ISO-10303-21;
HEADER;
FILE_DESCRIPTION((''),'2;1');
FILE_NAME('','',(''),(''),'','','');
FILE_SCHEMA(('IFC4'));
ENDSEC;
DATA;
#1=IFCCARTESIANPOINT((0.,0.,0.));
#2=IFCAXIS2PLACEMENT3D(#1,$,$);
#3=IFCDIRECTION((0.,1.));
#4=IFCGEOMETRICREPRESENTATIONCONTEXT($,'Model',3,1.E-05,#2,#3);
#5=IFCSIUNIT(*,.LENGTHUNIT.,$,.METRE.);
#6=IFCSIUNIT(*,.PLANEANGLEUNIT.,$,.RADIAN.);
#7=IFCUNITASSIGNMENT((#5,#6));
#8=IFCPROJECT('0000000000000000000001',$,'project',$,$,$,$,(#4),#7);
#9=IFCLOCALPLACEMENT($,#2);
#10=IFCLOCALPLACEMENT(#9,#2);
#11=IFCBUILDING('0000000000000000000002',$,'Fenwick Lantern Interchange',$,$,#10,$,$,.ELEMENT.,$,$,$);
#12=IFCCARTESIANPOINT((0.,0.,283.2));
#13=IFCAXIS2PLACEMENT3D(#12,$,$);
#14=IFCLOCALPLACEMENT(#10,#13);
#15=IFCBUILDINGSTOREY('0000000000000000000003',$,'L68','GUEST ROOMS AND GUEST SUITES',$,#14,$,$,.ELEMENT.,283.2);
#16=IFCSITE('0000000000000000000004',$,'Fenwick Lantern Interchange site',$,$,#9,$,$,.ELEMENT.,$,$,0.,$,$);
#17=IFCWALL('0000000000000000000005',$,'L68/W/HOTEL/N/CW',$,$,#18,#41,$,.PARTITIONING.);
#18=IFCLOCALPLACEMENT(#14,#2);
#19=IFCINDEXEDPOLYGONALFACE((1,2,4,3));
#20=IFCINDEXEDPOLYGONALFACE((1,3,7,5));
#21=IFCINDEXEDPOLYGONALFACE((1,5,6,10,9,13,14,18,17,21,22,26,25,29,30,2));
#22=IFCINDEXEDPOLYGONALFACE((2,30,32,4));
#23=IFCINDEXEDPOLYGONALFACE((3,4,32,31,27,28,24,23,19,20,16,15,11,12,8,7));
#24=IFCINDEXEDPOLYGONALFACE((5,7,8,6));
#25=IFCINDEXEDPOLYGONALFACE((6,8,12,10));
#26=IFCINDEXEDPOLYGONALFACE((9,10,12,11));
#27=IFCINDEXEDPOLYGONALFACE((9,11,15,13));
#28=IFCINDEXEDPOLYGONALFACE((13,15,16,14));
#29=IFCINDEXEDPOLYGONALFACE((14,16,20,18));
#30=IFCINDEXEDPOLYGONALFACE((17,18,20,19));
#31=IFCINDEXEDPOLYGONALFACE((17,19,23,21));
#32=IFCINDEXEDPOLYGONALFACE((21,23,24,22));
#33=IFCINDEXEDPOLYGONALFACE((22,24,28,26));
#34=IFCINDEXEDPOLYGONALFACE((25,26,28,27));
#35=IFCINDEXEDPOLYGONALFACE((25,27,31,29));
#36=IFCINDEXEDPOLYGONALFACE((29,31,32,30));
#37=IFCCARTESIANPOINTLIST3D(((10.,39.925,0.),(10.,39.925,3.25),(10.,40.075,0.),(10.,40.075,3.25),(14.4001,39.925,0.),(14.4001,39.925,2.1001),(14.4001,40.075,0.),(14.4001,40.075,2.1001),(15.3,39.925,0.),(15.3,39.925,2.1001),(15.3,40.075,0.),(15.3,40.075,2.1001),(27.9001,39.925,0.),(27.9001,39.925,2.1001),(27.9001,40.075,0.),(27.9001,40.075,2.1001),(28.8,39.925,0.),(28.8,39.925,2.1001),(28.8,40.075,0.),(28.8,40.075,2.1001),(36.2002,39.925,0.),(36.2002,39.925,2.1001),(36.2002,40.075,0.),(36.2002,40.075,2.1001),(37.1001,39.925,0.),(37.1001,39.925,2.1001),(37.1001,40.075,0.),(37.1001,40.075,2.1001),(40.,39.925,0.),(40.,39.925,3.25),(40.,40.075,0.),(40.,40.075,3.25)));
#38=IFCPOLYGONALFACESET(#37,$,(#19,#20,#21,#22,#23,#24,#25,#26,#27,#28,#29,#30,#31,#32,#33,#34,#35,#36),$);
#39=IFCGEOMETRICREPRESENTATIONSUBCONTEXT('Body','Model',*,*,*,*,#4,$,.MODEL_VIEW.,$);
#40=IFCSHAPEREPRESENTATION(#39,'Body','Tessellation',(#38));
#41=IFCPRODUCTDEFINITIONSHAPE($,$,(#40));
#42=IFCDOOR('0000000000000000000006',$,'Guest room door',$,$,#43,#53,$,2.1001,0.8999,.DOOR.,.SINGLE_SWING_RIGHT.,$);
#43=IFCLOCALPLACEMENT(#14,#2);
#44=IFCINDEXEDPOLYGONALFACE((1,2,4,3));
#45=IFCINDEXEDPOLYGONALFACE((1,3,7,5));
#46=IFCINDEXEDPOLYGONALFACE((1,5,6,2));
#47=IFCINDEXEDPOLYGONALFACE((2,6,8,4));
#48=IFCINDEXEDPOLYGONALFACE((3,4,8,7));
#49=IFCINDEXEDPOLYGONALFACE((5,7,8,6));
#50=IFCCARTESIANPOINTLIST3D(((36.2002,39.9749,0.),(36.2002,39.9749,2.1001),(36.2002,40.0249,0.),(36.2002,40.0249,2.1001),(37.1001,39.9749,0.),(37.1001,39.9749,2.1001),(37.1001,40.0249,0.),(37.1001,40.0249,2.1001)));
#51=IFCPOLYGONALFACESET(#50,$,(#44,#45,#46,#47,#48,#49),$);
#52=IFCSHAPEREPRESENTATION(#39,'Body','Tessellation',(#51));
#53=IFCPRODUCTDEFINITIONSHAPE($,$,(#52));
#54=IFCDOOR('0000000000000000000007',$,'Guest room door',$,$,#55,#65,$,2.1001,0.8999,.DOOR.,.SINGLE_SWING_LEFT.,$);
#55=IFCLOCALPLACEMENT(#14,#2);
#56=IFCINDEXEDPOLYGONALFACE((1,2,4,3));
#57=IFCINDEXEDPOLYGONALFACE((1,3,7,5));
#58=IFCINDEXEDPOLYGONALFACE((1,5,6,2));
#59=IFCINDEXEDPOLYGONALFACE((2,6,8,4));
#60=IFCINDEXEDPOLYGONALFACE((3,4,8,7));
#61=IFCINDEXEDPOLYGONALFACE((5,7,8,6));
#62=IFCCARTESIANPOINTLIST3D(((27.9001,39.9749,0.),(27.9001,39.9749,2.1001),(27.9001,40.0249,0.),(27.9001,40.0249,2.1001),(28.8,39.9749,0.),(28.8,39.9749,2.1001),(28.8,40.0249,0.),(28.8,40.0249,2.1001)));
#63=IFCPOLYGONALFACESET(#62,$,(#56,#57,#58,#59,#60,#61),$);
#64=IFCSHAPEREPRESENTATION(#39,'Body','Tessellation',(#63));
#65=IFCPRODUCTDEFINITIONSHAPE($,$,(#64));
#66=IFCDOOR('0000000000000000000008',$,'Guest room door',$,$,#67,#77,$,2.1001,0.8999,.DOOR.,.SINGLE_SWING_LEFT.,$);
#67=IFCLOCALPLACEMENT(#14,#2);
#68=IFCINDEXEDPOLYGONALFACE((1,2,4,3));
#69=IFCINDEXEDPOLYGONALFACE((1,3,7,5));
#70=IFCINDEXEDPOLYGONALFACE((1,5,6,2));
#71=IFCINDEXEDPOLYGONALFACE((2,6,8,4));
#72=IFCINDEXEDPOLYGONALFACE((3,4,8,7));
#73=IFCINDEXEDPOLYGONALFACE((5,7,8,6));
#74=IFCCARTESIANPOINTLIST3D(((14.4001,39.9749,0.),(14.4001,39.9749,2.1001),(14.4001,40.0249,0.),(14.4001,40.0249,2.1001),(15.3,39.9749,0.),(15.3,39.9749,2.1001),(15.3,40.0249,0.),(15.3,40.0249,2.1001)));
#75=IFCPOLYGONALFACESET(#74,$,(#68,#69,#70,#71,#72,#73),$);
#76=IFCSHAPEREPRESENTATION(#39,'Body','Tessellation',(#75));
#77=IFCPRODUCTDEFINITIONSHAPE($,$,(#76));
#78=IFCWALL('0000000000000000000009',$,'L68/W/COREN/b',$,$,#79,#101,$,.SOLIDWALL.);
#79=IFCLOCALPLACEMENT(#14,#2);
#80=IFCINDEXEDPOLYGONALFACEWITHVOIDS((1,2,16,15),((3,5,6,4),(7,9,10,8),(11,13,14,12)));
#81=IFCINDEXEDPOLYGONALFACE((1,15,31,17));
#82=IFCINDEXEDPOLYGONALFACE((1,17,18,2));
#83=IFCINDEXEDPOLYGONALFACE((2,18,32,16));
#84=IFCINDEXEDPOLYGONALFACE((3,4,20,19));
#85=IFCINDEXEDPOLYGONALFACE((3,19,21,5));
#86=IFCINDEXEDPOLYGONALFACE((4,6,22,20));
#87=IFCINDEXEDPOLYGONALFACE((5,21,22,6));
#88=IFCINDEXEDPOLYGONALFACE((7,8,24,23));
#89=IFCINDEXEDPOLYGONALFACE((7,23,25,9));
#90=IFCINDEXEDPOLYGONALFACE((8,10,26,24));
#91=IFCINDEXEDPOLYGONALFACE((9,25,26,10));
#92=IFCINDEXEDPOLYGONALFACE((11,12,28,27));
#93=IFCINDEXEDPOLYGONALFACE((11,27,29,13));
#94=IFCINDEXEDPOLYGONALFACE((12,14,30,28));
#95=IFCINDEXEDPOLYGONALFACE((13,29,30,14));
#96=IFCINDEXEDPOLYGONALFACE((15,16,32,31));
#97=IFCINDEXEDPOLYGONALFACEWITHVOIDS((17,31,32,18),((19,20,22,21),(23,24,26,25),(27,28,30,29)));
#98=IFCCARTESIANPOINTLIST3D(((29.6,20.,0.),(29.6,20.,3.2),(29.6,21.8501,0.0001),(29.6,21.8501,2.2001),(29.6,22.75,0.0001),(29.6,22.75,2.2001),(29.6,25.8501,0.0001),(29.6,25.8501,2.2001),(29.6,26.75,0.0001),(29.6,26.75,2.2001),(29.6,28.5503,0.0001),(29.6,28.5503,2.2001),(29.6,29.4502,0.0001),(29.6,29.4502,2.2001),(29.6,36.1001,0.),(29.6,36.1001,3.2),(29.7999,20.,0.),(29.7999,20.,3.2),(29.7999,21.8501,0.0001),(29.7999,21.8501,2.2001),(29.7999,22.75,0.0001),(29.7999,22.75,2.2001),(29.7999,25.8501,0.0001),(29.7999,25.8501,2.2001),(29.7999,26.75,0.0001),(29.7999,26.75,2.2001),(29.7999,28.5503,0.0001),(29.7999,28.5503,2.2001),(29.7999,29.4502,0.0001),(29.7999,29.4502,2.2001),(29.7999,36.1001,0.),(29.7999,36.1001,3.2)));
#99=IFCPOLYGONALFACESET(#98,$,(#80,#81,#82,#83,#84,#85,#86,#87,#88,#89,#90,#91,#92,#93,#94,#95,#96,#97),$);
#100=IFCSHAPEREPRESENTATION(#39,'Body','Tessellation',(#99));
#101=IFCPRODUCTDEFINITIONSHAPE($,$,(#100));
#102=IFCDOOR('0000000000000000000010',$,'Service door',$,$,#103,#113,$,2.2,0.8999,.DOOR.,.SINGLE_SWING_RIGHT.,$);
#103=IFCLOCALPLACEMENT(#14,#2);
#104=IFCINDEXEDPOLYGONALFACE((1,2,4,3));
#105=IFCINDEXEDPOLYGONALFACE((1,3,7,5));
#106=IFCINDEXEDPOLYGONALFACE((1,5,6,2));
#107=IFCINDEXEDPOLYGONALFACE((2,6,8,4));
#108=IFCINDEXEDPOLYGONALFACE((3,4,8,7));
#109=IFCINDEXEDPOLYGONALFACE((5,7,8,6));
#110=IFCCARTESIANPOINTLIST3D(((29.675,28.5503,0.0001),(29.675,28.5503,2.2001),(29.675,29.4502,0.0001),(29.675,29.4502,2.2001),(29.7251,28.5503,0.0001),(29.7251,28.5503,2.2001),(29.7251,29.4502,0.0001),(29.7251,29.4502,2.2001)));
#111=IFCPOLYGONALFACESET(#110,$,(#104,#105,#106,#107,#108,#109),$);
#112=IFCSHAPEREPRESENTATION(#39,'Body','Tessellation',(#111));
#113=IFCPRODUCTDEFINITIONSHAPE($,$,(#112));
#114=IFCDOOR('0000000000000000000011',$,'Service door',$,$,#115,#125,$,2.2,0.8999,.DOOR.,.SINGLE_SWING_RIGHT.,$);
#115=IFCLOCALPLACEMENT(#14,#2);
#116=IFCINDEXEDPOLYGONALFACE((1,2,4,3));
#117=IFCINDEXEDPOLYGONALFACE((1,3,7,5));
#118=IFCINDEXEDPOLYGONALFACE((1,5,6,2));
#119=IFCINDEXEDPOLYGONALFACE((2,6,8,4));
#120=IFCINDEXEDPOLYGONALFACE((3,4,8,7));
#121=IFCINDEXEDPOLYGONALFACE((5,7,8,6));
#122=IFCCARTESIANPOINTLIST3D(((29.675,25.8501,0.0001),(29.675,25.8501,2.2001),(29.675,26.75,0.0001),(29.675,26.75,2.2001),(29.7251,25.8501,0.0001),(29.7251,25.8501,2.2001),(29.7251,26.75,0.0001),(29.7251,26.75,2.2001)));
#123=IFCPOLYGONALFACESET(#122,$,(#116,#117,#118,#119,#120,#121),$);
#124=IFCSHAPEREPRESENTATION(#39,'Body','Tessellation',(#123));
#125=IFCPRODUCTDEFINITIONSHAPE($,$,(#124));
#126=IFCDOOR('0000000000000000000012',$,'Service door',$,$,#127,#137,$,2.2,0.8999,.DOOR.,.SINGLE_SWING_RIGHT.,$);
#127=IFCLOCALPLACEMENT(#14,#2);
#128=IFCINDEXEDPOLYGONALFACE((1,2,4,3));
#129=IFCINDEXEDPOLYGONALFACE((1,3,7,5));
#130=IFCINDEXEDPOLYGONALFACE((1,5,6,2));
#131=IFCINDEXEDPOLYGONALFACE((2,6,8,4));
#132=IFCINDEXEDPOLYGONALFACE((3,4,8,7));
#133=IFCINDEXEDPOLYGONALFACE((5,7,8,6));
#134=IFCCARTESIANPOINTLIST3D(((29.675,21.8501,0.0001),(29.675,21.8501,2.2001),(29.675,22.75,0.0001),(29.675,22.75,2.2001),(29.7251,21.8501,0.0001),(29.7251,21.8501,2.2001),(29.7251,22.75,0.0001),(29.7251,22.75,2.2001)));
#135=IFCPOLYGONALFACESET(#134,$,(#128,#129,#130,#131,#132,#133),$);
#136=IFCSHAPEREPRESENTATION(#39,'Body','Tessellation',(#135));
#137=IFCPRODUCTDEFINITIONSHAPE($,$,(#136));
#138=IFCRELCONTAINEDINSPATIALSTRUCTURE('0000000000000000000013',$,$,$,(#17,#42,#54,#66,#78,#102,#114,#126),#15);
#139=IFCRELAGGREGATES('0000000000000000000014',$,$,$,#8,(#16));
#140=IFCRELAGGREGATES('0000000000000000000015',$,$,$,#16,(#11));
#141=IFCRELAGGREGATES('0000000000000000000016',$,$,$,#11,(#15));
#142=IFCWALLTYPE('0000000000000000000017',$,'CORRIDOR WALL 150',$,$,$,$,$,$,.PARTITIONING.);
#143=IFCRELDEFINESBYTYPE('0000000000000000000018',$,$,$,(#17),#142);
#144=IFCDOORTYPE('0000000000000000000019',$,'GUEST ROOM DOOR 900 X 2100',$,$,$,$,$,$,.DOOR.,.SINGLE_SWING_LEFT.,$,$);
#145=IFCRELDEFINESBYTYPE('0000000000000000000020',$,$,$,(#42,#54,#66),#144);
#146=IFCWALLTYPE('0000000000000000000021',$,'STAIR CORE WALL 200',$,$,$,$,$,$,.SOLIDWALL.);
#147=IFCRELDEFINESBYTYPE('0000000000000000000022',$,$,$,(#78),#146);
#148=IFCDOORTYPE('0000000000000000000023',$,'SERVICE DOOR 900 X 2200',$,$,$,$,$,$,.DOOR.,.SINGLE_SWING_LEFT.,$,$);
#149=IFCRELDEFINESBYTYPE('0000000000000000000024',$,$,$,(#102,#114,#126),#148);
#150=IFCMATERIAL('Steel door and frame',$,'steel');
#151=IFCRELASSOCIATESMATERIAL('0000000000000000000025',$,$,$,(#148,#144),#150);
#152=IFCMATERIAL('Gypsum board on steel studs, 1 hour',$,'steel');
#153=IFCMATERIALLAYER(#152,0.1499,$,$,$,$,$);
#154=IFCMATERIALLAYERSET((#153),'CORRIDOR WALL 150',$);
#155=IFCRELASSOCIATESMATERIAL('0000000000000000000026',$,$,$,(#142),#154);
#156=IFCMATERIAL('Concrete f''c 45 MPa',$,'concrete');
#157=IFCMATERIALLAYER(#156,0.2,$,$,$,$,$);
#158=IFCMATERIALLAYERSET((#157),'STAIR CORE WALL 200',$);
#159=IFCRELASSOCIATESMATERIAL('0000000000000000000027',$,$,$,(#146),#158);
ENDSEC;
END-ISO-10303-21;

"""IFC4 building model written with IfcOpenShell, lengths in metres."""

from ifc_helpers import new_model, si_unit, direction, frame, frame_2d, origin, place, context, subcontext, project, spatial, rectangle, extrude, material, layer, layer_set, type_object, element, fill, save


model = new_model("IFC4")

# Units and contexts
model_context = context("Model", 3, precision=1e-05, world=origin(), true_north=direction((0.0, 1.0)))
body_context = subcontext(model_context, "Body", "Model", "MODEL_VIEW")
ifc_project = project(units=[si_unit("LENGTHUNIT", "METRE"), si_unit("PLANEANGLEUNIT", "RADIAN")], contexts=[model_context])

# Site, building, storey
site_placement = place(None, origin())
site = spatial("IfcSite", under=ifc_project, at=site_placement, Name="Fenwick Lantern Interchange site", CompositionType="ELEMENT", RefElevation=0.0)
building_placement = place(site_placement, origin())
building = spatial("IfcBuilding", under=site, at=building_placement, Name="Fenwick Lantern Interchange", CompositionType="ELEMENT")
storey_placement = place(building_placement, frame((0.0, 0.0, 283.2)))
storey = spatial("IfcBuildingStorey", under=building, at=storey_placement, Name="L68", Description="GUEST ROOMS AND GUEST SUITES", CompositionType="ELEMENT", Elevation=283.2)

# Shared definitions
ifc_material_1 = material(Name="Steel door and frame", Category="steel")

# Walls, openings, doors
door_type_1 = type_object("IfcDoorType", Name="SERVICE DOOR 900 X 2200", OperationType="SINGLE_SWING_LEFT", PredefinedType="DOOR", material=ifc_material_1)
ifc_material_2 = material(Name="Gypsum board on steel studs, 1 hour", Category="steel")
ifc_layer_1 = layer(ifc_material_2, 0.1499)
ifc_layer_set_1 = layer_set([ifc_layer_1], Name="CORRIDOR WALL 150")
wall_type_1 = type_object("IfcWallType", Name="CORRIDOR WALL 150", PredefinedType="PARTITIONING", material=ifc_layer_set_1)
wall_1_placement = place(storey_placement, frame((40.0, 40.0, 0.0), z_axis=(0.0, 0.0, 1.0), x_axis=(-1.0, 0.0, 0.0)))
wall_1 = element("IfcWall", 1, at=wall_1_placement, inside=storey, type_object=wall_type_1, Name="L68/W/HOTEL/N/CW", PredefinedType="PARTITIONING", context=body_context, shape_type="SweptSolid", body=[
    extrude(rectangle(XDim=30.0, YDim=0.1499, at=frame_2d((15.0, 0.0))), origin(), (0.0, 0.0, 1.0), 3.25),
])
opening_1_placement = place(wall_1_placement, frame((2.8999, 0.0, 0.0)))
opening_1 = element("IfcOpeningElement", 2, at=opening_1_placement, cuts=wall_1, PredefinedType="OPENING", context=body_context, shape_type="SweptSolid", body=[
    extrude(rectangle(XDim=0.8999, YDim=2.1001, at=frame_2d((0.45, 1.05))), frame((0.0, 0.085, 0.0), z_axis=(0.0, -1.0, 0.0), x_axis=(1.0, 0.0, 0.0)), (0.0, 0.0, 1.0), 0.1699),
])
opening_2_placement = place(wall_1_placement, frame((11.2, 0.0, 0.0)))
opening_2 = element("IfcOpeningElement", 3, at=opening_2_placement, cuts=wall_1, PredefinedType="OPENING", context=body_context, shape_type="SweptSolid", body=[
    extrude(rectangle(XDim=0.8999, YDim=2.1001, at=frame_2d((0.45, 1.05))), frame((0.0, 0.085, 0.0), z_axis=(0.0, -1.0, 0.0), x_axis=(1.0, 0.0, 0.0)), (0.0, 0.0, 1.0), 0.1699),
])
opening_3_placement = place(wall_1_placement, frame((24.7, 0.0, 0.0)))
opening_3 = element("IfcOpeningElement", 4, at=opening_3_placement, cuts=wall_1, PredefinedType="OPENING", context=body_context, shape_type="SweptSolid", body=[
    extrude(rectangle(XDim=0.8999, YDim=2.1001, at=frame_2d((0.45, 1.05))), frame((0.0, 0.085, 0.0), z_axis=(0.0, -1.0, 0.0), x_axis=(1.0, 0.0, 0.0)), (0.0, 0.0, 1.0), 0.1699),
])
door_type_2 = type_object("IfcDoorType", Name="GUEST ROOM DOOR 900 X 2100", OperationType="SINGLE_SWING_LEFT", PredefinedType="DOOR", material=ifc_material_1)
door_1_placement = place(opening_1_placement, frame((0.8999, 0.0, 0.0), z_axis=(0.0, 0.0, 1.0), x_axis=(-1.0, 0.0, 0.0)))
door_1 = element("IfcDoor", 5, at=door_1_placement, inside=storey, type_object=door_type_2, Name="Guest room door", OperationType="SINGLE_SWING_RIGHT", OverallHeight=2.1001, OverallWidth=0.8999, PredefinedType="DOOR", context=body_context, shape_type="SweptSolid", body=[
    extrude(rectangle(XDim=0.8999, YDim=2.1001, at=frame_2d((0.45, 1.05))), frame((0.0, 0.0249, 0.0), z_axis=(0.0, -1.0, 0.0), x_axis=(1.0, 0.0, 0.0)), (0.0, 0.0, 1.0), 0.05),
])
fill(opening_1, door_1)
door_2_placement = place(opening_2_placement, frame((0.8999, 0.0, 0.0), z_axis=(0.0, 0.0, 1.0), x_axis=(-1.0, 0.0, 0.0)))
door_2 = element("IfcDoor", 6, at=door_2_placement, inside=storey, type_object=door_type_2, Name="Guest room door", OperationType="SINGLE_SWING_LEFT", OverallHeight=2.1001, OverallWidth=0.8999, PredefinedType="DOOR", context=body_context, shape_type="SweptSolid", body=[
    extrude(rectangle(XDim=0.8999, YDim=2.1001, at=frame_2d((0.45, 1.05))), frame((0.0, 0.0249, 0.0), z_axis=(0.0, -1.0, 0.0), x_axis=(1.0, 0.0, 0.0)), (0.0, 0.0, 1.0), 0.05),
])
fill(opening_2, door_2)
door_3_placement = place(opening_3_placement, frame((0.8999, 0.0, 0.0), z_axis=(0.0, 0.0, 1.0), x_axis=(-1.0, 0.0, 0.0)))
door_3 = element("IfcDoor", 7, at=door_3_placement, inside=storey, type_object=door_type_2, Name="Guest room door", OperationType="SINGLE_SWING_LEFT", OverallHeight=2.1001, OverallWidth=0.8999, PredefinedType="DOOR", context=body_context, shape_type="SweptSolid", body=[
    extrude(rectangle(XDim=0.8999, YDim=2.1001, at=frame_2d((0.45, 1.05))), frame((0.0, 0.0249, 0.0), z_axis=(0.0, -1.0, 0.0), x_axis=(1.0, 0.0, 0.0)), (0.0, 0.0, 1.0), 0.05),
])
fill(opening_3, door_3)
ifc_material_3 = material(Name="Concrete f'c 45 MPa", Category="concrete")
ifc_layer_2 = layer(ifc_material_3, 0.2)
ifc_layer_set_2 = layer_set([ifc_layer_2], Name="STAIR CORE WALL 200")
wall_type_2 = type_object("IfcWallType", Name="STAIR CORE WALL 200", PredefinedType="SOLIDWALL", material=ifc_layer_set_2)
wall_2_placement = place(storey_placement, frame((29.7, 36.1001, 0.0), z_axis=(0.0, 0.0, 1.0), x_axis=(0.0, -1.0, 0.0)))
wall_2 = element("IfcWall", 8, at=wall_2_placement, inside=storey, type_object=wall_type_2, Name="L68/W/COREN/b", PredefinedType="SOLIDWALL", context=body_context, shape_type="SweptSolid", body=[
    extrude(rectangle(XDim=16.1001, YDim=0.2, at=frame_2d((8.05, 0.0))), origin(), (0.0, 0.0, 1.0), 3.2),
])
opening_4_placement = place(wall_2_placement, frame((6.6499, 0.0, 0.0)))
opening_4 = element("IfcOpeningElement", 9, at=opening_4_placement, cuts=wall_2, PredefinedType="OPENING", context=body_context, shape_type="SweptSolid", body=[
    extrude(rectangle(XDim=0.8999, YDim=2.2, at=frame_2d((0.45, 1.1001))), frame((0.0, 0.1099, 0.0), z_axis=(0.0, -1.0, 0.0), x_axis=(1.0, 0.0, 0.0)), (0.0, 0.0, 1.0), 0.22),
])
opening_5_placement = place(wall_2_placement, frame((9.3501, 0.0, 0.0)))
opening_5 = element("IfcOpeningElement", 10, at=opening_5_placement, cuts=wall_2, PredefinedType="OPENING", context=body_context, shape_type="SweptSolid", body=[
    extrude(rectangle(XDim=0.8999, YDim=2.2, at=frame_2d((0.45, 1.1001))), frame((0.0, 0.1099, 0.0), z_axis=(0.0, -1.0, 0.0), x_axis=(1.0, 0.0, 0.0)), (0.0, 0.0, 1.0), 0.22),
])
opening_6_placement = place(wall_2_placement, frame((13.3501, 0.0, 0.0)))
opening_6 = element("IfcOpeningElement", 11, at=opening_6_placement, cuts=wall_2, PredefinedType="OPENING", context=body_context, shape_type="SweptSolid", body=[
    extrude(rectangle(XDim=0.8999, YDim=2.2, at=frame_2d((0.45, 1.1001))), frame((0.0, 0.1099, 0.0), z_axis=(0.0, -1.0, 0.0), x_axis=(1.0, 0.0, 0.0)), (0.0, 0.0, 1.0), 0.22),
])
door_4_placement = place(opening_4_placement, frame((0.8999, 0.0, 0.0), z_axis=(0.0, 0.0, 1.0), x_axis=(-1.0, 0.0, 0.0)))
door_4 = element("IfcDoor", 12, at=door_4_placement, inside=storey, type_object=door_type_1, Name="Service door", OperationType="SINGLE_SWING_RIGHT", OverallHeight=2.2, OverallWidth=0.8999, PredefinedType="DOOR", context=body_context, shape_type="SweptSolid", body=[
    extrude(rectangle(XDim=0.8999, YDim=2.2, at=frame_2d((0.45, 1.1001))), frame((0.0, 0.0249, 0.0), z_axis=(0.0, -1.0, 0.0), x_axis=(1.0, 0.0, 0.0)), (0.0, 0.0, 1.0), 0.05),
])
fill(opening_4, door_4)
door_5_placement = place(opening_5_placement, frame((0.8999, 0.0, 0.0), z_axis=(0.0, 0.0, 1.0), x_axis=(-1.0, 0.0, 0.0)))
door_5 = element("IfcDoor", 13, at=door_5_placement, inside=storey, type_object=door_type_1, Name="Service door", OperationType="SINGLE_SWING_RIGHT", OverallHeight=2.2, OverallWidth=0.8999, PredefinedType="DOOR", context=body_context, shape_type="SweptSolid", body=[
    extrude(rectangle(XDim=0.8999, YDim=2.2, at=frame_2d((0.45, 1.1001))), frame((0.0, 0.0249, 0.0), z_axis=(0.0, -1.0, 0.0), x_axis=(1.0, 0.0, 0.0)), (0.0, 0.0, 1.0), 0.05),
])
fill(opening_5, door_5)
door_6_placement = place(opening_6_placement, frame((0.8999, 0.0, 0.0), z_axis=(0.0, 0.0, 1.0), x_axis=(-1.0, 0.0, 0.0)))
door_6 = element("IfcDoor", 14, at=door_6_placement, inside=storey, type_object=door_type_1, Name="Service door", OperationType="SINGLE_SWING_RIGHT", OverallHeight=2.2, OverallWidth=0.8999, PredefinedType="DOOR", context=body_context, shape_type="SweptSolid", body=[
    extrude(rectangle(XDim=0.8999, YDim=2.2, at=frame_2d((0.45, 1.1001))), frame((0.0, 0.0249, 0.0), z_axis=(0.0, -1.0, 0.0), x_axis=(1.0, 0.0, 0.0)), (0.0, 0.0, 1.0), 0.05),
])
fill(opening_6, door_6)

save(model, "model.ifc")
